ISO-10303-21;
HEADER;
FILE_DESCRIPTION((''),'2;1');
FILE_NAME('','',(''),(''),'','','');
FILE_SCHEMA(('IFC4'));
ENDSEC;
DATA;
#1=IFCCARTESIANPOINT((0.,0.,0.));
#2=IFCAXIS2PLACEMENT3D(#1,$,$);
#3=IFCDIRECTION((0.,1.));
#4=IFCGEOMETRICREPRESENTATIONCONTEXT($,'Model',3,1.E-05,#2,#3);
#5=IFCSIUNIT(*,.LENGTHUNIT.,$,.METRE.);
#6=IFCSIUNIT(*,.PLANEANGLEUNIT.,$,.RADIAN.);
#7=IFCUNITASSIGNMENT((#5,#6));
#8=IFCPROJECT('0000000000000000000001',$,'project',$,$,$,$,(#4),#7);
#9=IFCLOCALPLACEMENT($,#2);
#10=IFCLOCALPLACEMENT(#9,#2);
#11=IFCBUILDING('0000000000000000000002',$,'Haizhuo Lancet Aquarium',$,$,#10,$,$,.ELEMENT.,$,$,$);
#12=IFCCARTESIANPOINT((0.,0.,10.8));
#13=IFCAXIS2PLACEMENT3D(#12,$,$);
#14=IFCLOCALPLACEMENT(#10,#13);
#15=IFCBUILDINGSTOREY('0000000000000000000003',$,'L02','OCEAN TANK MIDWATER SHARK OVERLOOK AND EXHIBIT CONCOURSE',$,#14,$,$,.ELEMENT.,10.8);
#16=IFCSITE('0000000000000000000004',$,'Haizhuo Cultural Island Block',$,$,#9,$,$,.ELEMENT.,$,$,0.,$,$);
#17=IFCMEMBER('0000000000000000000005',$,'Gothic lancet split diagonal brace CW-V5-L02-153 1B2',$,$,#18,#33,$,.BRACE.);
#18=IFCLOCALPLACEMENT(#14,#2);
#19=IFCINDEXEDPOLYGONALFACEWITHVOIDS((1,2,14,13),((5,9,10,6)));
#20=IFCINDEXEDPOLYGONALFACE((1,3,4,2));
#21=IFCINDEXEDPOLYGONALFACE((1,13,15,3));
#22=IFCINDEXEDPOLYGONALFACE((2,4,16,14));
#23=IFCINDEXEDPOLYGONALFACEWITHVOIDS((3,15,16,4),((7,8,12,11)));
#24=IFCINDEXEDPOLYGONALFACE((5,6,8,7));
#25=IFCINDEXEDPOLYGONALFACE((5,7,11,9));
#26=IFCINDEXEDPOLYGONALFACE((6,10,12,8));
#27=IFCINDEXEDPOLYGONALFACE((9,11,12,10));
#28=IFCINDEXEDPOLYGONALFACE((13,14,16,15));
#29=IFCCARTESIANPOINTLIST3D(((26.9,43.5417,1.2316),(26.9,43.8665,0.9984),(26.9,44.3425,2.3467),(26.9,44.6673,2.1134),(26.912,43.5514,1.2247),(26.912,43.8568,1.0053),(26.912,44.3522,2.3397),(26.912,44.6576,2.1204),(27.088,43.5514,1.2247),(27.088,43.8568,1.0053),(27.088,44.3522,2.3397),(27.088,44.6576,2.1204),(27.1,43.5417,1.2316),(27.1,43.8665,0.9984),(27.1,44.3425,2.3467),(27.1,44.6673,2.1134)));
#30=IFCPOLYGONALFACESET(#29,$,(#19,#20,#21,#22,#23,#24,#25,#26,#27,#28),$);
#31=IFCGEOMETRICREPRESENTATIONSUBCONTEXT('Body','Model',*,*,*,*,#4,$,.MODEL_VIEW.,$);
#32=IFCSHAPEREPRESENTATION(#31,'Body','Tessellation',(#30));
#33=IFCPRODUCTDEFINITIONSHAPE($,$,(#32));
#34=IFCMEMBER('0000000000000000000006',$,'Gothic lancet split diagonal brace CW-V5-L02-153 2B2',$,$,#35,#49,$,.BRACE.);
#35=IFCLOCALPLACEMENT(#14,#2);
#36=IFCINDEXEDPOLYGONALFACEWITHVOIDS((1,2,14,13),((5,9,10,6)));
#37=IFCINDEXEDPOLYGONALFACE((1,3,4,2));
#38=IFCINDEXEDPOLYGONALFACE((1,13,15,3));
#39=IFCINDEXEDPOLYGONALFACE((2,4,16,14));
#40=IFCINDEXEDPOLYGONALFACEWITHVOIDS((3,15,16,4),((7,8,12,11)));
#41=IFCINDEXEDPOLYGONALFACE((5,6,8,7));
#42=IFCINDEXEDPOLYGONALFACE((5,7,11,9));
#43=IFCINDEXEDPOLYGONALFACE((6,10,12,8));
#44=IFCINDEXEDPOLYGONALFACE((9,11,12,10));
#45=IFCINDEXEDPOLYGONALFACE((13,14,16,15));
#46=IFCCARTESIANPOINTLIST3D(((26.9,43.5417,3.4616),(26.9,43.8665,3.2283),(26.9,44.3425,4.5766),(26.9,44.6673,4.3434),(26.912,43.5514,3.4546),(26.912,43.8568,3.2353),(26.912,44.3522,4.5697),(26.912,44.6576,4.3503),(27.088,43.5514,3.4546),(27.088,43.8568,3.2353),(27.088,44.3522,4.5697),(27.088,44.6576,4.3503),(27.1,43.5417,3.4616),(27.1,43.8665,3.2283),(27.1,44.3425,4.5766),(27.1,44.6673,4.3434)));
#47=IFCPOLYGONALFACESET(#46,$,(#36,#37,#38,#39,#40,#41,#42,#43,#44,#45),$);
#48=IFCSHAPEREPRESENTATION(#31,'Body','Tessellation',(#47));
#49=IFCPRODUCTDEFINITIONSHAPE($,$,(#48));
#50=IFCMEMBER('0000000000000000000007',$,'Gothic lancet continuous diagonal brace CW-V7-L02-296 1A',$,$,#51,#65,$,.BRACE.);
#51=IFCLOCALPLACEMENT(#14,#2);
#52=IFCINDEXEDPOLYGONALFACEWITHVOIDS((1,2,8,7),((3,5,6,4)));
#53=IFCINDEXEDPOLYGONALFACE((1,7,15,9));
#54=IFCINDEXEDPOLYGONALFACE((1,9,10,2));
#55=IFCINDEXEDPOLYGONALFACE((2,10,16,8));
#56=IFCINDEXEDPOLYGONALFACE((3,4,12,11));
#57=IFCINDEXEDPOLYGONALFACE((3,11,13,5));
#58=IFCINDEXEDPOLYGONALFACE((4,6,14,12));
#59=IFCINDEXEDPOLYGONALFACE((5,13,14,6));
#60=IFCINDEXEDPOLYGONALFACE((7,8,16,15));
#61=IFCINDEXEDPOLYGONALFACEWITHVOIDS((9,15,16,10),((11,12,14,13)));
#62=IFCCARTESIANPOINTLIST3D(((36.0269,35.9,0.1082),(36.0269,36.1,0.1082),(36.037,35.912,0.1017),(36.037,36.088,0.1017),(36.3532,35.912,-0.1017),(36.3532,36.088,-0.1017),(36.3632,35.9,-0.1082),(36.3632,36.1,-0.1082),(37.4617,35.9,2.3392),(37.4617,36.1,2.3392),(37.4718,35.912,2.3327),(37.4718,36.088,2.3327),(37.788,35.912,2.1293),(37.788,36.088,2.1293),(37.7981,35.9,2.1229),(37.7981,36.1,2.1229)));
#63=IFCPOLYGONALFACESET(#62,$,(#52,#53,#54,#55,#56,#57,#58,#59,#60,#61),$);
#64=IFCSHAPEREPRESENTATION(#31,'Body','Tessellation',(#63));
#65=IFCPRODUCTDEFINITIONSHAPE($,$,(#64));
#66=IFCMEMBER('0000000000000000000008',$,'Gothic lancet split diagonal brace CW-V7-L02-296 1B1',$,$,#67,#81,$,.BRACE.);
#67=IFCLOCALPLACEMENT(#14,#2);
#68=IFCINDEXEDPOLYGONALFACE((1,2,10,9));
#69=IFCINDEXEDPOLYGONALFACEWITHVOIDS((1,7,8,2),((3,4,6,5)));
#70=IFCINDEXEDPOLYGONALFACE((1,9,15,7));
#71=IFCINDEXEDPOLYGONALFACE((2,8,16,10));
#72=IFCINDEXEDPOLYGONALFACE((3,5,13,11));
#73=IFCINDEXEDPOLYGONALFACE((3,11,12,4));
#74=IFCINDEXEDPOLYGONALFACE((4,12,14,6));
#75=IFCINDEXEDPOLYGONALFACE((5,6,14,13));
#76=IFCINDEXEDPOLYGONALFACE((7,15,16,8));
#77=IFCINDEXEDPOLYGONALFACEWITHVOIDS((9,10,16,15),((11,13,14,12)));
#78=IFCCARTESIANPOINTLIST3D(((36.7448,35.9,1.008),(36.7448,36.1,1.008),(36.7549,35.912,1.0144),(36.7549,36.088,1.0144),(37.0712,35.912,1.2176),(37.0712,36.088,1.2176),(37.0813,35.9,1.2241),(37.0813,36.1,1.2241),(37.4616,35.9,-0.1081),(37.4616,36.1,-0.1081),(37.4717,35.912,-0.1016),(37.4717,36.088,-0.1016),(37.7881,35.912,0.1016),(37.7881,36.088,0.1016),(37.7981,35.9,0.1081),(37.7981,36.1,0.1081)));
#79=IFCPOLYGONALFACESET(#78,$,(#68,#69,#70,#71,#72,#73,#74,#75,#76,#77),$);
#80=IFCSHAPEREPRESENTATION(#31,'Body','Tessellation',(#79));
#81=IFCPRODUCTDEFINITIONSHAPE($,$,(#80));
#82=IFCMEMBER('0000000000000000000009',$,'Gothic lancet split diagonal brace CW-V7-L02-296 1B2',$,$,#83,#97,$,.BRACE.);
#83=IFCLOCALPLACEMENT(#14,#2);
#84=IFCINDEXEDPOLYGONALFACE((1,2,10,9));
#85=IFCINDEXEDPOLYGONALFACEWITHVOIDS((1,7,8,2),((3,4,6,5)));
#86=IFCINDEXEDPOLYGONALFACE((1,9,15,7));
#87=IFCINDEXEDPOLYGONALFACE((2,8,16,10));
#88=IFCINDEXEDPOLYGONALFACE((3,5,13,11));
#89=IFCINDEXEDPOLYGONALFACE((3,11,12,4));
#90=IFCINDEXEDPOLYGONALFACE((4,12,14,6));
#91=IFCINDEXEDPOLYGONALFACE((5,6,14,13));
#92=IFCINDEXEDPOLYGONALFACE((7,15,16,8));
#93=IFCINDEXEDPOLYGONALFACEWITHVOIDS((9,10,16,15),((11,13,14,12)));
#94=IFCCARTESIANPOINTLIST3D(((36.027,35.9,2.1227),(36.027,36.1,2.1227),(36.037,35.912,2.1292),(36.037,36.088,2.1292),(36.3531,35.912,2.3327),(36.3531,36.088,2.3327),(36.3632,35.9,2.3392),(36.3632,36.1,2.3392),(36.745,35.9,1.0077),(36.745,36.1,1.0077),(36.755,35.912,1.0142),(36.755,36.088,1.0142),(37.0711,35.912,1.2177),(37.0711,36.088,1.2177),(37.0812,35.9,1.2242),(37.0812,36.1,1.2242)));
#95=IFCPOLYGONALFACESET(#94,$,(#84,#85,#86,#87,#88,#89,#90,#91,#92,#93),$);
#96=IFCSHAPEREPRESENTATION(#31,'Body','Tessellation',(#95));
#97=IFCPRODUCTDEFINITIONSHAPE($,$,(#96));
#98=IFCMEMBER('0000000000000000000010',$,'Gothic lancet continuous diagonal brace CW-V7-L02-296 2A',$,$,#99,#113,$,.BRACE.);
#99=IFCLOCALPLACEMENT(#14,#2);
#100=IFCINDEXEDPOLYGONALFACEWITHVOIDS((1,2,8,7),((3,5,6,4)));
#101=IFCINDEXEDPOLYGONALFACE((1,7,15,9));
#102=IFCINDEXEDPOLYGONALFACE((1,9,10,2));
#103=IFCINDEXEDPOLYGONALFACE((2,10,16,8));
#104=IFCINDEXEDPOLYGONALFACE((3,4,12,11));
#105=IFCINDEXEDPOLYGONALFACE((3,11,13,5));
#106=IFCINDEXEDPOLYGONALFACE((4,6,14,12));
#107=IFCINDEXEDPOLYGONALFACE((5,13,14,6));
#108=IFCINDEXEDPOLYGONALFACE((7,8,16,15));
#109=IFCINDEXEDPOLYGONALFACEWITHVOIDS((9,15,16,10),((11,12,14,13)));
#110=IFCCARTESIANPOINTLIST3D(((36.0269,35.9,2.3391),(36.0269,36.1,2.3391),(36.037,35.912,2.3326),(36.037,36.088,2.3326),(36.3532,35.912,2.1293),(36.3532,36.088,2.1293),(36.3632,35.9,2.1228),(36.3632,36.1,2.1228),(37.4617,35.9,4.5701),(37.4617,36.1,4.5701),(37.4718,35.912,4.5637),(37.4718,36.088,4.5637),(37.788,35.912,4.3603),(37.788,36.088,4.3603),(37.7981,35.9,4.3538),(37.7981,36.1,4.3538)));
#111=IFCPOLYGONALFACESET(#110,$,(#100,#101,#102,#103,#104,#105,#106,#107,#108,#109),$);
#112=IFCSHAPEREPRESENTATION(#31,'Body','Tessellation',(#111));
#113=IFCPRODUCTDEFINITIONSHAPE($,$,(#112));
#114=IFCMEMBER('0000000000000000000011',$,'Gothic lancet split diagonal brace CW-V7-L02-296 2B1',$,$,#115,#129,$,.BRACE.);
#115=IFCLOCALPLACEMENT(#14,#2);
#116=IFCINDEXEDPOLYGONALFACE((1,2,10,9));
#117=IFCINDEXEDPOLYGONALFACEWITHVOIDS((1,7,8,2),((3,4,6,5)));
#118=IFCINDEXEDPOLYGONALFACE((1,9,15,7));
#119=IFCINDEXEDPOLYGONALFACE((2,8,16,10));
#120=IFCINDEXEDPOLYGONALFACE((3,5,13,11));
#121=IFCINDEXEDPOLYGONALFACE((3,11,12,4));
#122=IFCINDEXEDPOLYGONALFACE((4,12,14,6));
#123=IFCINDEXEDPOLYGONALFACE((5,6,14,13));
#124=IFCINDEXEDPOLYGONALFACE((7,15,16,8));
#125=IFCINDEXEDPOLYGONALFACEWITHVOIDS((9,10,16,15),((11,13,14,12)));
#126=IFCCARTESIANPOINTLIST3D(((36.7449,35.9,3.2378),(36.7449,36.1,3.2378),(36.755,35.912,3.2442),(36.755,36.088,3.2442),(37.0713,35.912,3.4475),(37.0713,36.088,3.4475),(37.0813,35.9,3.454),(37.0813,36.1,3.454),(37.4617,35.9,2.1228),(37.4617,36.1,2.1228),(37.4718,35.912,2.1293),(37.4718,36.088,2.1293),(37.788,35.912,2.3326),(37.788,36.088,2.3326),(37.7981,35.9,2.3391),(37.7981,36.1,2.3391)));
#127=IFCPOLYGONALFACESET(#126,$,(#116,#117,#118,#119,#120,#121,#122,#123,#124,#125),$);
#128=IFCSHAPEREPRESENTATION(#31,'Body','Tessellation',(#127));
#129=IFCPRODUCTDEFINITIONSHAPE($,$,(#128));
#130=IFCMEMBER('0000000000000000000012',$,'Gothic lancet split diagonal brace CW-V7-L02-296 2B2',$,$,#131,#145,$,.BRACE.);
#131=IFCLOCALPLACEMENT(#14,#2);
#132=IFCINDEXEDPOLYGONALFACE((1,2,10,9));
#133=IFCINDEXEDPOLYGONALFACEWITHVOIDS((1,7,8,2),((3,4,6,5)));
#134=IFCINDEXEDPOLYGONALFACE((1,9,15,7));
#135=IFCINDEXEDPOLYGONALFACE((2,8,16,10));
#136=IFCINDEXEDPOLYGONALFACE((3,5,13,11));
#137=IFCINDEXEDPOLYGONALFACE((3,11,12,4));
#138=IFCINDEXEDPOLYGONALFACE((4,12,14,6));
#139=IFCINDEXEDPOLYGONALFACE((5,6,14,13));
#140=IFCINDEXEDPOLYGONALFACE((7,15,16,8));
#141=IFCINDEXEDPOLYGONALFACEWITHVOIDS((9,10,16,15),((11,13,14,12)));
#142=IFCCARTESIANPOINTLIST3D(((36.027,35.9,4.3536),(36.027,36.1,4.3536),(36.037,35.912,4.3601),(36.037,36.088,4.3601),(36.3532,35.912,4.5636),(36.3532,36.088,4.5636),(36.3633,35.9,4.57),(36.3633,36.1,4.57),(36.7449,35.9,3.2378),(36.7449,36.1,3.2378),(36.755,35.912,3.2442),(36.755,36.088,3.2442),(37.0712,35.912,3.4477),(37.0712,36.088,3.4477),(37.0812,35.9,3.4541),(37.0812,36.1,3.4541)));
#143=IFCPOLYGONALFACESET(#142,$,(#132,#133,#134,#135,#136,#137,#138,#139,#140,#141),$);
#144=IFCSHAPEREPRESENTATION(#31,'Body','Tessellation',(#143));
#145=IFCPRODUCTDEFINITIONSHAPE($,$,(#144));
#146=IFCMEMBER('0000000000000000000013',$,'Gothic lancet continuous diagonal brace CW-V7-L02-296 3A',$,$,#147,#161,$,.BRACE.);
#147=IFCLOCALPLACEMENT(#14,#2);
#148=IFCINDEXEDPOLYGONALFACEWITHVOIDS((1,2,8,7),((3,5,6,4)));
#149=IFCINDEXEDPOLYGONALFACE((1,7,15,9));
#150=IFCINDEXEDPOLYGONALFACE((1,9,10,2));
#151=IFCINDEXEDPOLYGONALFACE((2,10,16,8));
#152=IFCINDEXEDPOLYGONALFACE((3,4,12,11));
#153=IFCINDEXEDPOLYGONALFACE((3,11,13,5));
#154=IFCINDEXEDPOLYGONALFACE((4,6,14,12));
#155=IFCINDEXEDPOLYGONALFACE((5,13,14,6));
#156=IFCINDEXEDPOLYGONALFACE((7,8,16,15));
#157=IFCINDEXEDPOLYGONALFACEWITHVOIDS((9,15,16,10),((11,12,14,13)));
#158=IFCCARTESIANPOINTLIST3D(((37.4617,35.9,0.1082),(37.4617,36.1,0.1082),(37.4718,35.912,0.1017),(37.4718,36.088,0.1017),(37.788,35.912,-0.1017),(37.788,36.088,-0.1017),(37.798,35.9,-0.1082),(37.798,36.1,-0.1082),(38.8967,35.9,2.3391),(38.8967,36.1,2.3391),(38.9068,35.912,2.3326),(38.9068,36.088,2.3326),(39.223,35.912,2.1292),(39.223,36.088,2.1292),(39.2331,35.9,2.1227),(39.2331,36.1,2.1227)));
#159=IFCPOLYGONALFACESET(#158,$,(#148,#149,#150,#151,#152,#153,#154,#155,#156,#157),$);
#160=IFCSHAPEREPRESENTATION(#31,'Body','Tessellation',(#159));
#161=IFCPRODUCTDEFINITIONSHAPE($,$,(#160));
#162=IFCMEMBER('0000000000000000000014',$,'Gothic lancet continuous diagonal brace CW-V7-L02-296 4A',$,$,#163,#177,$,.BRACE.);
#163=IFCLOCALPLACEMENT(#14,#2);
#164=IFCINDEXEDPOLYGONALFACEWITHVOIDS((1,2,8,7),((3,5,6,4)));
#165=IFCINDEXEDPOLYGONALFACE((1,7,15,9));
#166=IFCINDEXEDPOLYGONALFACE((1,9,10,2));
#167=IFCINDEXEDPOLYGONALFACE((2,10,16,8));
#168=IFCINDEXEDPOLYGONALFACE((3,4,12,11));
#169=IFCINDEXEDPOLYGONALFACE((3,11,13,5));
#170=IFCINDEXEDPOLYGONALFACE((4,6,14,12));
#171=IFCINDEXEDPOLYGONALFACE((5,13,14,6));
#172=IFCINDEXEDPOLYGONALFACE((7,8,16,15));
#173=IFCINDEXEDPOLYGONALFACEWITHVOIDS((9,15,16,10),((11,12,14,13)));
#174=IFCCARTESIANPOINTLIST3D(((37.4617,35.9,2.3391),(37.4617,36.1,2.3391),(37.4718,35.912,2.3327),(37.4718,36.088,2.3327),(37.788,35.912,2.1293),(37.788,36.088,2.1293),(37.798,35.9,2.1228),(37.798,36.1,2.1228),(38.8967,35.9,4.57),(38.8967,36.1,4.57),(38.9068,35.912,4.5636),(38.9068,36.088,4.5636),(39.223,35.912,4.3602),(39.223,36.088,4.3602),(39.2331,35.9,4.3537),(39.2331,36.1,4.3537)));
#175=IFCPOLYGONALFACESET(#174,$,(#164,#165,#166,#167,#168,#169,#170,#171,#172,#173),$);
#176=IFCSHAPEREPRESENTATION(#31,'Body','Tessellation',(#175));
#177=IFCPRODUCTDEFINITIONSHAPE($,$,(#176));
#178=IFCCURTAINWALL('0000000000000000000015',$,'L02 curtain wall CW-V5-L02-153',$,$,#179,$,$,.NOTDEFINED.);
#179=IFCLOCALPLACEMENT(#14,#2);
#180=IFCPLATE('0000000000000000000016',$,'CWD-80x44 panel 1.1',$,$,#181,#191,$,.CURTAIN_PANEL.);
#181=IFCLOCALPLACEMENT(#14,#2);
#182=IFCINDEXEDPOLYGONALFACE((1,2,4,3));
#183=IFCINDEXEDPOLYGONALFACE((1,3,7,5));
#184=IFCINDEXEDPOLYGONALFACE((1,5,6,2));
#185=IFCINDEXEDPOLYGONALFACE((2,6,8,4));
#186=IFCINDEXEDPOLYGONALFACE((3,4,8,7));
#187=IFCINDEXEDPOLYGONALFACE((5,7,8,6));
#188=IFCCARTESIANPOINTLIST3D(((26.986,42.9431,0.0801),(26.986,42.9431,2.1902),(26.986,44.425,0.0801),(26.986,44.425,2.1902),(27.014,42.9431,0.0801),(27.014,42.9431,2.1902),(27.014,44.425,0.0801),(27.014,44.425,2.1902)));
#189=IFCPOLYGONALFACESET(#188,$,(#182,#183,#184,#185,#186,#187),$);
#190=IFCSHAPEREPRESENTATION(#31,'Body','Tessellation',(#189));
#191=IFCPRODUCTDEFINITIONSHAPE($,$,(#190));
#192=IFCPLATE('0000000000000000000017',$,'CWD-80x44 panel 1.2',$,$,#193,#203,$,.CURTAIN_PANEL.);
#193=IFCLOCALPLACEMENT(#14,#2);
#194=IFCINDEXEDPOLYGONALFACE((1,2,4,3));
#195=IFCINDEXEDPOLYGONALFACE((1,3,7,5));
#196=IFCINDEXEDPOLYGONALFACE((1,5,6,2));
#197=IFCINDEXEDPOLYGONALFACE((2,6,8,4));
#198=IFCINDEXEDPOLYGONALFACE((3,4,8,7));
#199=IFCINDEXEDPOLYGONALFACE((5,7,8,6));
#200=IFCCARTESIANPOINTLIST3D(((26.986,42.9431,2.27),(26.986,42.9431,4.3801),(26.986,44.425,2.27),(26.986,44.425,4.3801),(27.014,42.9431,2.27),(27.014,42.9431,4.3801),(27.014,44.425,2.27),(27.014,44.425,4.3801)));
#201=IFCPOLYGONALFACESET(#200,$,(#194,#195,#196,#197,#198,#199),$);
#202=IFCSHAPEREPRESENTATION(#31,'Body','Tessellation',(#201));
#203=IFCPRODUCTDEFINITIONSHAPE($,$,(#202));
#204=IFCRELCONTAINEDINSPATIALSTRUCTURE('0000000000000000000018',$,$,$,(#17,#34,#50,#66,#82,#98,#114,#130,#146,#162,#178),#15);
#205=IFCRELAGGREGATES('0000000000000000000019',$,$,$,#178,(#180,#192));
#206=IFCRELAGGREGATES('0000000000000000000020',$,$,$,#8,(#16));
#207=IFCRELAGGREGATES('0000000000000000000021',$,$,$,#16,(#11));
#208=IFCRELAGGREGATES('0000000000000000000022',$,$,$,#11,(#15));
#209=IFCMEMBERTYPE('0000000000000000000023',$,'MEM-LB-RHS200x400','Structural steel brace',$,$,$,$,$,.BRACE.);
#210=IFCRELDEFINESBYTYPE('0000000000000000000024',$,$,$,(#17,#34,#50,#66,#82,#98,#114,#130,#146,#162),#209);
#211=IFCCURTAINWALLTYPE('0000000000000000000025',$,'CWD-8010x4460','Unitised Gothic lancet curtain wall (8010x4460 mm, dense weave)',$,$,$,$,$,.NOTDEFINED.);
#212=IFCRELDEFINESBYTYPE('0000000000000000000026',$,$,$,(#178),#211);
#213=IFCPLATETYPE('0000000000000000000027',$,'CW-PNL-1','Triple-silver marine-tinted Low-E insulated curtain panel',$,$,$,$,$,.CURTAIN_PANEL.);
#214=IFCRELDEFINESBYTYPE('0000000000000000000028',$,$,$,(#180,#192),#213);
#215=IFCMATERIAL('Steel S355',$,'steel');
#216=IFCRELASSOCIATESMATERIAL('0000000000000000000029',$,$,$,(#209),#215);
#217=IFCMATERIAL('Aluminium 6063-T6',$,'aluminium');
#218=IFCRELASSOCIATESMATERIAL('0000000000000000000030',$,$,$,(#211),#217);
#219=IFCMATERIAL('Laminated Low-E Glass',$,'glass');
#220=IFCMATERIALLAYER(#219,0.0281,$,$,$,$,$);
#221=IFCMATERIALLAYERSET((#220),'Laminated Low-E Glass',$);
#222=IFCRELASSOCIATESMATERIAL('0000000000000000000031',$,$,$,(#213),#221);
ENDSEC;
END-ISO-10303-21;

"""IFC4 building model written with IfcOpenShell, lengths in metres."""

from ifc_helpers import new_model, si_unit, direction, frame, origin, origin_2d, place, context, subcontext, project, spatial, rectangle, hollow_rectangle, extrude, material, layer, layer_set, material_profile, profile_set, type_object, element, aggregate, save


model = new_model("IFC4")

# Units and contexts
model_context = context("Model", 3, precision=1e-05, world=origin(), true_north=direction((0.0, 1.0)))
body_context = subcontext(model_context, "Body", "Model", "MODEL_VIEW")
ifc_project = project(units=[si_unit("LENGTHUNIT", "METRE"), si_unit("PLANEANGLEUNIT", "RADIAN")], contexts=[model_context])

# Site, building, storey
site_placement = place(None, origin())
site = spatial("IfcSite", under=ifc_project, at=site_placement, Name="Haizhuo Cultural Island Block", CompositionType="ELEMENT", RefElevation=0.0)
building_placement = place(site_placement, origin())
building = spatial("IfcBuilding", under=site, at=building_placement, Name="Haizhuo Lancet Aquarium", CompositionType="ELEMENT")
storey_placement = place(building_placement, frame((0.0, 0.0, 10.8)))
storey = spatial("IfcBuildingStorey", under=building, at=storey_placement, Name="L02", Description="OCEAN TANK MIDWATER SHARK OVERLOOK AND EXHIBIT CONCOURSE", CompositionType="ELEMENT", Elevation=10.8)

# Shared definitions
ifc_material_1 = material(Name="Steel S355", Category="steel")

# Shared definitions
ifc_material_2 = material(Name="Aluminium 6063-T6", Category="aluminium")

# Members
ifc_material_profile_1 = material_profile(ifc_material_1, hollow_rectangle(XDim=0.2, YDim=0.3999, WallThickness=0.012, at=origin_2d()), Name="RHS 200x400x12")
ifc_profile_set_1 = profile_set([ifc_material_profile_1], Name="Steel S355")
member_type_1 = type_object("IfcMemberType", Name="MEM-LB-RHS200x400", Description="Structural steel brace", PredefinedType="BRACE", material=ifc_profile_set_1)
for number, where, z_axis, x_axis, name in (
    (1, (27.0, 43.7041, 1.115), (0.0, 0.583339, 0.812229), (-1.0, 0.0, 0.0), "Gothic lancet split diagonal brace CW-V5-L02-153 1B2"),
    (2, (27.0, 43.7041, 3.345), (0.0, 0.583339, 0.812229), (-1.0, 0.0, 0.0), "Gothic lancet split diagonal brace CW-V5-L02-153 2B2"),
):
    element("IfcMember", number, at=place(storey_placement, frame(where, z_axis=z_axis, x_axis=x_axis)), inside=storey, type_object=member_type_1, Name=name, PredefinedType="BRACE", context=body_context, shape_type="SweptSolid", body=[
        extrude(hollow_rectangle(XDim=0.2, YDim=0.3999, WallThickness=0.012, at=origin_2d()), origin(), (0.0, 0.0, 1.0), 1.3728),
    ])
member_1_placement = place(storey_placement, frame((36.1951, 36.0, 0.0), z_axis=(0.540925, 0.0, 0.841071), x_axis=(0.0, 1.0, 0.0)))
element("IfcMember", 3, at=member_1_placement, inside=storey, type_object=member_type_1, Name="Gothic lancet continuous diagonal brace CW-V7-L02-296 1A", PredefinedType="BRACE", context=body_context, shape_type="SweptSolid", body=[
    extrude(hollow_rectangle(XDim=0.2, YDim=0.3999, WallThickness=0.012, at=origin_2d()), origin(), (0.0, 0.0, 1.0), 2.6526),
])
member_2_placement = place(storey_placement, frame((37.6299, 36.0, 0.0), z_axis=(-0.540432, 0.0, 0.841388), x_axis=(0.0, -1.0, 0.0)))
element("IfcMember", 4, at=member_2_placement, inside=storey, type_object=member_type_1, Name="Gothic lancet split diagonal brace CW-V7-L02-296 1B1", PredefinedType="BRACE", context=body_context, shape_type="SweptSolid", body=[
    extrude(hollow_rectangle(XDim=0.2, YDim=0.3999, WallThickness=0.012, at=origin_2d()), origin(), (0.0, 0.0, 1.0), 1.3264),
])
member_3_placement = place(storey_placement, frame((36.9131, 36.0, 1.116), z_axis=(-0.541418, 0.0, 0.840754), x_axis=(0.0, -1.0, 0.0)))
element("IfcMember", 5, at=member_3_placement, inside=storey, type_object=member_type_1, Name="Gothic lancet split diagonal brace CW-V7-L02-296 1B2", PredefinedType="BRACE", context=body_context, shape_type="SweptSolid", body=[
    extrude(hollow_rectangle(XDim=0.2, YDim=0.3999, WallThickness=0.012, at=origin_2d()), origin(), (0.0, 0.0, 1.0), 1.3262),
])
member_4_placement = place(storey_placement, frame((36.1951, 36.0, 2.231), z_axis=(0.540925, 0.0, 0.841071), x_axis=(0.0, 1.0, 0.0)))
element("IfcMember", 6, at=member_4_placement, inside=storey, type_object=member_type_1, Name="Gothic lancet continuous diagonal brace CW-V7-L02-296 2A", PredefinedType="BRACE", context=body_context, shape_type="SweptSolid", body=[
    extrude(hollow_rectangle(XDim=0.2, YDim=0.3999, WallThickness=0.012, at=origin_2d()), origin(), (0.0, 0.0, 1.0), 2.6526),
])
member_5_placement = place(storey_placement, frame((37.6299, 36.0, 2.231), z_axis=(-0.540767, 0.0, 0.841172), x_axis=(0.0, -1.0, 0.0)))
element("IfcMember", 7, at=member_5_placement, inside=storey, type_object=member_type_1, Name="Gothic lancet split diagonal brace CW-V7-L02-296 2B1", PredefinedType="BRACE", context=body_context, shape_type="SweptSolid", body=[
    extrude(hollow_rectangle(XDim=0.2, YDim=0.3999, WallThickness=0.012, at=origin_2d()), origin(), (0.0, 0.0, 1.0), 1.3254),
])
member_6_placement = place(storey_placement, frame((36.9131, 36.0, 3.3459), z_axis=(-0.541083, 0.0, 0.840969), x_axis=(0.0, -1.0, 0.0)))
element("IfcMember", 8, at=member_6_placement, inside=storey, type_object=member_type_1, Name="Gothic lancet split diagonal brace CW-V7-L02-296 2B2", PredefinedType="BRACE", context=body_context, shape_type="SweptSolid", body=[
    extrude(hollow_rectangle(XDim=0.2, YDim=0.3999, WallThickness=0.012, at=origin_2d()), origin(), (0.0, 0.0, 1.0), 1.3269),
])
for number, where, z_axis, x_axis, name in (
    (9, (37.6299, 36.0, 0.0), (0.54099, 0.0, 0.841029), (0.0, 1.0, 0.0), "Gothic lancet continuous diagonal brace CW-V7-L02-296 3A"),
    (10, (37.6299, 36.0, 2.231), (0.54099, 0.0, 0.841029), (0.0, 1.0, 0.0), "Gothic lancet continuous diagonal brace CW-V7-L02-296 4A"),
):
    element("IfcMember", number, at=place(storey_placement, frame(where, z_axis=z_axis, x_axis=x_axis)), inside=storey, type_object=member_type_1, Name=name, PredefinedType="BRACE", context=body_context, shape_type="SweptSolid", body=[
        extrude(hollow_rectangle(XDim=0.2, YDim=0.3999, WallThickness=0.012, at=origin_2d()), origin(), (0.0, 0.0, 1.0), 2.6526),
    ])

# Curtain wall, plates
curtain_wall_type_1 = type_object("IfcCurtainWallType", Name="CWD-8010x4460", Description="Unitised Gothic lancet curtain wall (8010x4460 mm, dense weave)", PredefinedType="NOTDEFINED", material=ifc_material_2)
curtain_wall_1_placement = place(storey_placement, origin())
curtain_wall_1 = element("IfcCurtainWall", 11, at=curtain_wall_1_placement, inside=storey, type_object=curtain_wall_type_1, Name="L02 curtain wall CW-V5-L02-153", PredefinedType="NOTDEFINED")
ifc_material_3 = material(Name="Laminated Low-E Glass", Category="glass")
ifc_layer_1 = layer(ifc_material_3, 0.0281)
ifc_layer_set_1 = layer_set([ifc_layer_1], Name="Laminated Low-E Glass")
plate_type_1 = type_object("IfcPlateType", Name="CW-PNL-1", Description="Triple-silver marine-tinted Low-E insulated curtain panel", PredefinedType="CURTAIN_PANEL", material=ifc_layer_set_1)
plate_1_placement = place(storey_placement, frame((27.0, 43.6841, 0.0801), z_axis=(0.0, 0.0, 1.0), x_axis=(0.0, -1.0, 0.0)))
plate_1 = element("IfcPlate", 12, at=plate_1_placement, type_object=plate_type_1, Name="CWD-80x44 panel 1.1", PredefinedType="CURTAIN_PANEL", context=body_context, shape_type="SweptSolid", body=[
    extrude(rectangle(XDim=1.4819, YDim=0.0281, at=origin_2d()), origin(), (0.0, 0.0, 1.0), 2.1101),
])
plate_2_placement = place(storey_placement, frame((27.0, 43.6841, 2.27), z_axis=(0.0, 0.0, 1.0), x_axis=(0.0, -1.0, 0.0)))
plate_2 = element("IfcPlate", 13, at=plate_2_placement, type_object=plate_type_1, Name="CWD-80x44 panel 1.2", PredefinedType="CURTAIN_PANEL", context=body_context, shape_type="SweptSolid", body=[
    extrude(rectangle(XDim=1.4819, YDim=0.0281, at=origin_2d()), origin(), (0.0, 0.0, 1.0), 2.1101),
])
aggregate(curtain_wall_1, [plate_1, plate_2])

save(model, "model.ifc")
